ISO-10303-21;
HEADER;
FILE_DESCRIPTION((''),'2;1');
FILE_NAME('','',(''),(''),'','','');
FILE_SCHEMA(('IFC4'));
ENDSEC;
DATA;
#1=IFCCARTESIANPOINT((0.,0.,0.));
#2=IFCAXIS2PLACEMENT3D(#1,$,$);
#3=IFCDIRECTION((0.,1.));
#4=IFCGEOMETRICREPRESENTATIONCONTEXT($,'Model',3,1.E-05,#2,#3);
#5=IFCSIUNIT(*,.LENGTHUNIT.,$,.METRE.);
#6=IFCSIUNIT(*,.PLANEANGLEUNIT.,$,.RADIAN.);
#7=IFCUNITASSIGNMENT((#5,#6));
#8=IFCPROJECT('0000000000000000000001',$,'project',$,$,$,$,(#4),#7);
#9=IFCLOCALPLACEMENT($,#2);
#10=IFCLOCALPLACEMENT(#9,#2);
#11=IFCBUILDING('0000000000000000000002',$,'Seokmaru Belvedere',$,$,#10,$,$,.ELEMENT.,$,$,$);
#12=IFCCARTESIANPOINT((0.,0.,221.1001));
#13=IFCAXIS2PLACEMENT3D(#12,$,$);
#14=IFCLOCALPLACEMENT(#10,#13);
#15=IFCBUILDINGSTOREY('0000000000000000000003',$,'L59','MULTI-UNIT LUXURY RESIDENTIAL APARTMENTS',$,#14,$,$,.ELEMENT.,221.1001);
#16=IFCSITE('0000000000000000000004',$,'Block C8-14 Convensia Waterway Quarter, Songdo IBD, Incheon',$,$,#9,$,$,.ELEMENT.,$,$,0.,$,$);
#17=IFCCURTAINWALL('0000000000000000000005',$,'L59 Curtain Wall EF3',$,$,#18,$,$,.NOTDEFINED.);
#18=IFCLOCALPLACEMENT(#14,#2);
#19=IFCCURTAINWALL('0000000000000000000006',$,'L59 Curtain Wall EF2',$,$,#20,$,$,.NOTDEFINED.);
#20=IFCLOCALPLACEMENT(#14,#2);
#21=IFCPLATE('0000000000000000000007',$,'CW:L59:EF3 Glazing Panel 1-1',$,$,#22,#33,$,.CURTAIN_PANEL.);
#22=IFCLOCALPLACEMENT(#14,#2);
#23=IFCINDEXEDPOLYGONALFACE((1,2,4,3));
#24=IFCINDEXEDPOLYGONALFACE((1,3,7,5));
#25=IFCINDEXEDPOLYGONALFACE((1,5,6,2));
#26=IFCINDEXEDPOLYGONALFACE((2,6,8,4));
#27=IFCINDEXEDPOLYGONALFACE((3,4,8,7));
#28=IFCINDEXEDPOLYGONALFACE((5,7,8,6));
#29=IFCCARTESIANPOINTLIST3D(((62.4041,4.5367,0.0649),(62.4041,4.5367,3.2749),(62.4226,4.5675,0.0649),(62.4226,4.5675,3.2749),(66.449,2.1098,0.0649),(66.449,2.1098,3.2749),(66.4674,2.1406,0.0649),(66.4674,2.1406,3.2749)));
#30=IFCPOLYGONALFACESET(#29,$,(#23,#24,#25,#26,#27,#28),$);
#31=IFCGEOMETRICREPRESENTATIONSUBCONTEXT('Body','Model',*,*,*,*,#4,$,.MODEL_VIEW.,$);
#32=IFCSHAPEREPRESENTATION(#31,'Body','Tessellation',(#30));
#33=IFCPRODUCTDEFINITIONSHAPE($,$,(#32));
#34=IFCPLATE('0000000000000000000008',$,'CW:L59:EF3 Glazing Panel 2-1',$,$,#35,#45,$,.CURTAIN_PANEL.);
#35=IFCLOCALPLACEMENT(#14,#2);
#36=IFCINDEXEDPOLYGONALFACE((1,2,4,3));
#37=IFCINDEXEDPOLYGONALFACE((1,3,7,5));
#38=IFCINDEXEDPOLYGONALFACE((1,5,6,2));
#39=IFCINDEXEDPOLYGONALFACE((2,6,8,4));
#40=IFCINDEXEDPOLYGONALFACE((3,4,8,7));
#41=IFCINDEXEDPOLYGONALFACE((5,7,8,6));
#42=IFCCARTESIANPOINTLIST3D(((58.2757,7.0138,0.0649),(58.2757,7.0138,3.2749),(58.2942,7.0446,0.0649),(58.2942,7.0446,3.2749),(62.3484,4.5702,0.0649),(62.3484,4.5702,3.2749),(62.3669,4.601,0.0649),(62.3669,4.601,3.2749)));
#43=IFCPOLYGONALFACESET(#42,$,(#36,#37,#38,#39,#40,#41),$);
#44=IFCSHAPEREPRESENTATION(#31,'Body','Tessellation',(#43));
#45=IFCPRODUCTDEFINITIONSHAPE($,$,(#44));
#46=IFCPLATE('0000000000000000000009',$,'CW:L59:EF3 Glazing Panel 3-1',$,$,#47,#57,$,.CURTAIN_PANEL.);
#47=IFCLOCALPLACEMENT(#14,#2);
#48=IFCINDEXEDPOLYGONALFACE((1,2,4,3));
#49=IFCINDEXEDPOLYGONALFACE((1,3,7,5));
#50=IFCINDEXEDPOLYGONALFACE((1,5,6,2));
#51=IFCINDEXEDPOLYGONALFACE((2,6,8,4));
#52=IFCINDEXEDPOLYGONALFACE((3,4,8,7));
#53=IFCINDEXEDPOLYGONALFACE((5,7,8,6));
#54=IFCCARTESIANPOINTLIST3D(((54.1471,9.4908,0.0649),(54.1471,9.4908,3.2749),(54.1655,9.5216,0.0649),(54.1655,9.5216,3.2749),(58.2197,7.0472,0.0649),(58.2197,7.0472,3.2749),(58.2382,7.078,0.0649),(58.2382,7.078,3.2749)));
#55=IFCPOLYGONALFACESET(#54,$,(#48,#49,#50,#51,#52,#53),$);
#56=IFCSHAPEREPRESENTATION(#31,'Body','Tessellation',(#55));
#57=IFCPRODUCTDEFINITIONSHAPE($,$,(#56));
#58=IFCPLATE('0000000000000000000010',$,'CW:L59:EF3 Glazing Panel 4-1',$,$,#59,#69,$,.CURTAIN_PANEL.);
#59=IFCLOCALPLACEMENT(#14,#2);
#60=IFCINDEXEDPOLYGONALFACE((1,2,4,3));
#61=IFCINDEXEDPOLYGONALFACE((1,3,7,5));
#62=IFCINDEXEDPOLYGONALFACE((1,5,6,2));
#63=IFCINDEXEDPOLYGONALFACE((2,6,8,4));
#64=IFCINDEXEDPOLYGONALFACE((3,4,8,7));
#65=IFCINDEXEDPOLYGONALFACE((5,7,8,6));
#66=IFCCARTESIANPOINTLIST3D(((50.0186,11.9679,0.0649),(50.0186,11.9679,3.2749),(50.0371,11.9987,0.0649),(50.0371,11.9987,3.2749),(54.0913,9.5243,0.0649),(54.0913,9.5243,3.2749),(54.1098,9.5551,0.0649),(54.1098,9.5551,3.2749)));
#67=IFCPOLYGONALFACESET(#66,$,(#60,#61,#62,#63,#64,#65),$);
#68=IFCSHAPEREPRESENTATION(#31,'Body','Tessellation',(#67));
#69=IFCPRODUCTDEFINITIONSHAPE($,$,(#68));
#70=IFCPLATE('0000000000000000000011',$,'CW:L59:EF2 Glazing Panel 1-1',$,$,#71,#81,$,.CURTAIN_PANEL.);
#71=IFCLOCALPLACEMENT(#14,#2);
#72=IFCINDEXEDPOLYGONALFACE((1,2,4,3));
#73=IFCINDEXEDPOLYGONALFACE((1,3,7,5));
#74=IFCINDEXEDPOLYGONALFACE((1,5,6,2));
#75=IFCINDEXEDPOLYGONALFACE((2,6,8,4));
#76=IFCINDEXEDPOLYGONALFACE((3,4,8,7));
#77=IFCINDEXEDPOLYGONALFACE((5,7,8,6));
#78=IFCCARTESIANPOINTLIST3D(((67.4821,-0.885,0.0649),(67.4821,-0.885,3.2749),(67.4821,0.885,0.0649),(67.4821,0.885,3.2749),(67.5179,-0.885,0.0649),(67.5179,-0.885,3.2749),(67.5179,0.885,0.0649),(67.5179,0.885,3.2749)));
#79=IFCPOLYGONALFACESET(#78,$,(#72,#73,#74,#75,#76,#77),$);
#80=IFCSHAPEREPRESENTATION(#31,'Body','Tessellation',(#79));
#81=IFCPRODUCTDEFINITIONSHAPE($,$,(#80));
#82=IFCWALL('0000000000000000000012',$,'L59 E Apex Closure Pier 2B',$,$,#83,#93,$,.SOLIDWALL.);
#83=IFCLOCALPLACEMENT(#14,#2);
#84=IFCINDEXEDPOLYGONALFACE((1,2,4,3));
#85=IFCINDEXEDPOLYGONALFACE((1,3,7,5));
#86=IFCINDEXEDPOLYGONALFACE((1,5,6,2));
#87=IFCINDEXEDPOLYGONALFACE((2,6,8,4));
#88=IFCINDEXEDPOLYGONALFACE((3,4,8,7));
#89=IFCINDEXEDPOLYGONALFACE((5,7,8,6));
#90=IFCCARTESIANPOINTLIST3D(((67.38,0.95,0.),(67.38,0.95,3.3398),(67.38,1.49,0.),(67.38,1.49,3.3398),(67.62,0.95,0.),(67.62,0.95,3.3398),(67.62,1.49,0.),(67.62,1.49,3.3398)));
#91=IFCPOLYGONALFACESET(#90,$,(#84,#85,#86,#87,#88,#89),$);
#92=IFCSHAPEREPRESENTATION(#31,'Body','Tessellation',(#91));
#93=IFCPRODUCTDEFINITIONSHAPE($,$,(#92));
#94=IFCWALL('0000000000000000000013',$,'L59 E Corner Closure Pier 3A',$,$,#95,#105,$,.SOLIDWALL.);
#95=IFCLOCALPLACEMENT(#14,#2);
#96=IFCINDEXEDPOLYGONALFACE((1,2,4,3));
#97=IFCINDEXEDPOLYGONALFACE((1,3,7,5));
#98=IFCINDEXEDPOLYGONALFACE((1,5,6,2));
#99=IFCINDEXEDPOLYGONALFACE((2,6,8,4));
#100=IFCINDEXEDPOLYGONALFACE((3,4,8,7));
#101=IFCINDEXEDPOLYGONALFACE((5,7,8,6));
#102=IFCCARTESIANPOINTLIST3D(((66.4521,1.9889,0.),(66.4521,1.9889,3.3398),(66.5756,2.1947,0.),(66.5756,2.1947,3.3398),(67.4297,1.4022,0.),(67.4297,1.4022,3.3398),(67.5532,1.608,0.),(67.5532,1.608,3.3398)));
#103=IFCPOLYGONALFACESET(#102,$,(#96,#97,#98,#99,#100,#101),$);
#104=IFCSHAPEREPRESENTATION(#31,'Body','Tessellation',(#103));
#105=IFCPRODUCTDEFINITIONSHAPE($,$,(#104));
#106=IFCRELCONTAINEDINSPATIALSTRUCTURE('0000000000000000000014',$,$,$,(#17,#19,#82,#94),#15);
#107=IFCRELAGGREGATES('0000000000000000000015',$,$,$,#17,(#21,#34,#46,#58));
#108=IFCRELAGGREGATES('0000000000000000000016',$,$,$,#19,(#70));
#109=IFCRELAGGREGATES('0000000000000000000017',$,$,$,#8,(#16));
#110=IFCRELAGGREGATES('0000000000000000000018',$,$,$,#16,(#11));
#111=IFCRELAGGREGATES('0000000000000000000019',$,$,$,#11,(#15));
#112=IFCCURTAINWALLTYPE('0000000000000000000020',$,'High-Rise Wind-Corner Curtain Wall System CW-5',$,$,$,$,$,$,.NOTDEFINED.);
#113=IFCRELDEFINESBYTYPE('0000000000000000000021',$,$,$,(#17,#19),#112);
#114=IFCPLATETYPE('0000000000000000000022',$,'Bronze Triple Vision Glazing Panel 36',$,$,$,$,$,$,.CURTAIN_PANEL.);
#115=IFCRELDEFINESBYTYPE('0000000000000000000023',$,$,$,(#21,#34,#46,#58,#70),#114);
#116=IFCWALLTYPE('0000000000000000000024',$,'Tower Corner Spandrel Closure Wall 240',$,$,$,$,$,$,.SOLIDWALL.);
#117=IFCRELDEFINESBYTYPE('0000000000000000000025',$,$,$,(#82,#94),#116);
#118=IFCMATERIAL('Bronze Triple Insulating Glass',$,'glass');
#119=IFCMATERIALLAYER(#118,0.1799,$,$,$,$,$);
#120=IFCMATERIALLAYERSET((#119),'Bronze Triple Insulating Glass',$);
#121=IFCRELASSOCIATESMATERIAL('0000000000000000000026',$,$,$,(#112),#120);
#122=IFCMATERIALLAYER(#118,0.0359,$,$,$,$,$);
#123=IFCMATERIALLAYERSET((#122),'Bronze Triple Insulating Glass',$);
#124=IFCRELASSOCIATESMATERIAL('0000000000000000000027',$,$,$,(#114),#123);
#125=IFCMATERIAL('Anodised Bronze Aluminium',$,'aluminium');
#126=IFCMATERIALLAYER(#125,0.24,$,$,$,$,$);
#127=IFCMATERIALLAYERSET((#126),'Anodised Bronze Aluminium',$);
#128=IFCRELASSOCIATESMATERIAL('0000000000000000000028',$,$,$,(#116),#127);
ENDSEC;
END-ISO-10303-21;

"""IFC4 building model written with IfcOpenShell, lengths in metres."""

from ifc_helpers import new_model, si_unit, direction, frame, frame_2d, origin, origin_2d, place, context, subcontext, project, spatial, rectangle, extrude, source, transform, mapped, material, layer, layer_set, type_object, type_shapes, element, aggregate, save


model = new_model("IFC4")

# Units and contexts
model_context = context("Model", 3, precision=1e-05, world=origin(), true_north=direction((0.0, 1.0)))
body_context = subcontext(model_context, "Body", "Model", "MODEL_VIEW")
ifc_project = project(units=[si_unit("LENGTHUNIT", "METRE"), si_unit("PLANEANGLEUNIT", "RADIAN")], contexts=[model_context])

# Site, building, storey
site_placement = place(None, origin())
site = spatial("IfcSite", under=ifc_project, at=site_placement, Name="Block C8-14 Convensia Waterway Quarter, Songdo IBD, Incheon", CompositionType="ELEMENT", RefElevation=0.0)
building_placement = place(site_placement, origin())
building = spatial("IfcBuilding", under=site, at=building_placement, Name="Seokmaru Belvedere", CompositionType="ELEMENT")
storey_placement = place(building_placement, frame((0.0, 0.0, 221.1001)))
storey = spatial("IfcBuildingStorey", under=building, at=storey_placement, Name="L59", Description="MULTI-UNIT LUXURY RESIDENTIAL APARTMENTS", CompositionType="ELEMENT", Elevation=221.1001)

# Curtain walls
ifc_material_1 = material(Name="Bronze Triple Insulating Glass", Category="glass")
ifc_layer_1 = layer(ifc_material_1, 0.1799)
ifc_layer_set_1 = layer_set([ifc_layer_1], Name="Bronze Triple Insulating Glass")
curtain_wall_type = type_object("IfcCurtainWallType", Name="High-Rise Wind-Corner Curtain Wall System CW-5", PredefinedType="NOTDEFINED", material=ifc_layer_set_1)
curtain_wall_1_placement = place(storey_placement, origin())
curtain_wall_1 = element("IfcCurtainWall", 1, at=curtain_wall_1_placement, inside=storey, type_object=curtain_wall_type, Name="L59 Curtain Wall EF3", PredefinedType="NOTDEFINED")
ifc_material_2 = material(Name="Anodised Bronze Aluminium", Category="aluminium")
curtain_wall_2_placement = place(storey_placement, origin())
curtain_wall_2 = element("IfcCurtainWall", 2, at=curtain_wall_2_placement, inside=storey, type_object=curtain_wall_type, Name="L59 Curtain Wall EF2", PredefinedType="NOTDEFINED")

# Plates
ifc_layer_2 = layer(ifc_material_1, 0.0359)
ifc_layer_set_2 = layer_set([ifc_layer_2], Name="Bronze Triple Insulating Glass")
plate_type = type_object("IfcPlateType", Name="Bronze Triple Vision Glazing Panel 36", PredefinedType="CURTAIN_PANEL", material=ifc_layer_set_2)
shared_shape_1 = source(origin(), body_context, "Body", "SweptSolid", [
    extrude(rectangle(XDim=4.717, YDim=0.0359, at=origin_2d()), origin(), (0.0, 0.0, 1.0), 3.21),
])
plate_1_placement = place(storey_placement, frame((64.4358, 3.3386, 0.0649), z_axis=(0.0, 0.0, 1.0), x_axis=(-0.857493, 0.514495, 0.0)))
plate_1 = element("IfcPlate", 3, at=plate_1_placement, type_object=plate_type, Name="CW:L59:EF3 Glazing Panel 1-1", PredefinedType="CURTAIN_PANEL", context=body_context, shape_type="MappedRepresentation", body=[
    mapped(shared_shape_1, transform((0.0, 0.0, 0.0), scale=1.0)),
])
shared_shape_2 = source(origin(), body_context, "Body", "SweptSolid", [
    extrude(rectangle(XDim=4.7495, YDim=0.0359, at=origin_2d()), origin(), (0.0, 0.0, 1.0), 3.21),
])
plate_2_placement = place(storey_placement, frame((60.3213, 5.8074, 0.0649), z_axis=(0.0, 0.0, 1.0), x_axis=(-0.857493, 0.514495, 0.0)))
plate_2 = element("IfcPlate", 4, at=plate_2_placement, type_object=plate_type, Name="CW:L59:EF3 Glazing Panel 2-1", PredefinedType="CURTAIN_PANEL", context=body_context, shape_type="MappedRepresentation", body=[
    mapped(shared_shape_2, transform((0.0, 0.0, 0.0), scale=1.0)),
])
plate_3_placement = place(storey_placement, frame((56.1926, 8.2844, 0.0649), z_axis=(0.0, 0.0, 1.0), x_axis=(-0.857493, 0.514495, 0.0)))
plate_3 = element("IfcPlate", 5, at=plate_3_placement, type_object=plate_type, Name="CW:L59:EF3 Glazing Panel 3-1", PredefinedType="CURTAIN_PANEL", context=body_context, shape_type="MappedRepresentation", body=[
    mapped(shared_shape_2, transform((0.0, 0.0, 0.0), scale=1.0)),
])
plate_4_placement = place(storey_placement, frame((52.0642, 10.7615, 0.0649), z_axis=(0.0, 0.0, 1.0), x_axis=(-0.857493, 0.514495, 0.0)))
plate_4 = element("IfcPlate", 6, at=plate_4_placement, type_object=plate_type, Name="CW:L59:EF3 Glazing Panel 4-1", PredefinedType="CURTAIN_PANEL", context=body_context, shape_type="MappedRepresentation", body=[
    mapped(shared_shape_2, transform((0.0, 0.0, 0.0), scale=1.0)),
])
aggregate(curtain_wall_1, [plate_1, plate_2, plate_3, plate_4])
shared_shape_3 = source(origin(), body_context, "Body", "SweptSolid", [
    extrude(rectangle(XDim=1.77, YDim=0.0359, at=origin_2d()), origin(), (0.0, 0.0, 1.0), 3.21),
])
type_shapes(plate_type, [shared_shape_1, shared_shape_2, shared_shape_3])
plate_5_placement = place(storey_placement, frame((67.5, 0.0, 0.0649), z_axis=(0.0, 0.0, 1.0), x_axis=(0.0, 1.0, 0.0)))
plate_5 = element("IfcPlate", 7, at=plate_5_placement, type_object=plate_type, Name="CW:L59:EF2 Glazing Panel 1-1", PredefinedType="CURTAIN_PANEL", context=body_context, shape_type="MappedRepresentation", body=[
    mapped(shared_shape_3, transform((0.0, 0.0, 0.0), scale=1.0)),
])
aggregate(curtain_wall_2, [plate_5])

# Walls
ifc_layer_3 = layer(ifc_material_2, 0.24)
ifc_layer_set_3 = layer_set([ifc_layer_3], Name="Anodised Bronze Aluminium")
wall_type = type_object("IfcWallType", Name="Tower Corner Spandrel Closure Wall 240", PredefinedType="SOLIDWALL", material=ifc_layer_set_3)
wall_1_placement = place(storey_placement, frame((67.5, 0.95, 0.0), z_axis=(0.0, 0.0, 1.0), x_axis=(0.0, 1.0, 0.0)))
element("IfcWall", 8, at=wall_1_placement, inside=storey, type_object=wall_type, Name="L59 E Apex Closure Pier 2B", PredefinedType="SOLIDWALL", context=body_context, shape_type="SweptSolid", body=[
    extrude(rectangle(XDim=0.54, YDim=0.24, at=frame_2d((0.27, 0.0))), origin(), (0.0, 0.0, 1.0), 3.3398),
])
wall_2_placement = place(storey_placement, frame((67.4915, 1.5051, 0.0), z_axis=(0.0, 0.0, 1.0), x_axis=(-0.857436, 0.51459, 0.0)))
element("IfcWall", 9, at=wall_2_placement, inside=storey, type_object=wall_type, Name="L59 E Corner Closure Pier 3A", PredefinedType="SOLIDWALL", context=body_context, shape_type="SweptSolid", body=[
    extrude(rectangle(XDim=1.1401, YDim=0.24, at=frame_2d((0.5701, 0.0))), origin(), (0.0, 0.0, 1.0), 3.3398),
])

save(model, "model.ifc")
